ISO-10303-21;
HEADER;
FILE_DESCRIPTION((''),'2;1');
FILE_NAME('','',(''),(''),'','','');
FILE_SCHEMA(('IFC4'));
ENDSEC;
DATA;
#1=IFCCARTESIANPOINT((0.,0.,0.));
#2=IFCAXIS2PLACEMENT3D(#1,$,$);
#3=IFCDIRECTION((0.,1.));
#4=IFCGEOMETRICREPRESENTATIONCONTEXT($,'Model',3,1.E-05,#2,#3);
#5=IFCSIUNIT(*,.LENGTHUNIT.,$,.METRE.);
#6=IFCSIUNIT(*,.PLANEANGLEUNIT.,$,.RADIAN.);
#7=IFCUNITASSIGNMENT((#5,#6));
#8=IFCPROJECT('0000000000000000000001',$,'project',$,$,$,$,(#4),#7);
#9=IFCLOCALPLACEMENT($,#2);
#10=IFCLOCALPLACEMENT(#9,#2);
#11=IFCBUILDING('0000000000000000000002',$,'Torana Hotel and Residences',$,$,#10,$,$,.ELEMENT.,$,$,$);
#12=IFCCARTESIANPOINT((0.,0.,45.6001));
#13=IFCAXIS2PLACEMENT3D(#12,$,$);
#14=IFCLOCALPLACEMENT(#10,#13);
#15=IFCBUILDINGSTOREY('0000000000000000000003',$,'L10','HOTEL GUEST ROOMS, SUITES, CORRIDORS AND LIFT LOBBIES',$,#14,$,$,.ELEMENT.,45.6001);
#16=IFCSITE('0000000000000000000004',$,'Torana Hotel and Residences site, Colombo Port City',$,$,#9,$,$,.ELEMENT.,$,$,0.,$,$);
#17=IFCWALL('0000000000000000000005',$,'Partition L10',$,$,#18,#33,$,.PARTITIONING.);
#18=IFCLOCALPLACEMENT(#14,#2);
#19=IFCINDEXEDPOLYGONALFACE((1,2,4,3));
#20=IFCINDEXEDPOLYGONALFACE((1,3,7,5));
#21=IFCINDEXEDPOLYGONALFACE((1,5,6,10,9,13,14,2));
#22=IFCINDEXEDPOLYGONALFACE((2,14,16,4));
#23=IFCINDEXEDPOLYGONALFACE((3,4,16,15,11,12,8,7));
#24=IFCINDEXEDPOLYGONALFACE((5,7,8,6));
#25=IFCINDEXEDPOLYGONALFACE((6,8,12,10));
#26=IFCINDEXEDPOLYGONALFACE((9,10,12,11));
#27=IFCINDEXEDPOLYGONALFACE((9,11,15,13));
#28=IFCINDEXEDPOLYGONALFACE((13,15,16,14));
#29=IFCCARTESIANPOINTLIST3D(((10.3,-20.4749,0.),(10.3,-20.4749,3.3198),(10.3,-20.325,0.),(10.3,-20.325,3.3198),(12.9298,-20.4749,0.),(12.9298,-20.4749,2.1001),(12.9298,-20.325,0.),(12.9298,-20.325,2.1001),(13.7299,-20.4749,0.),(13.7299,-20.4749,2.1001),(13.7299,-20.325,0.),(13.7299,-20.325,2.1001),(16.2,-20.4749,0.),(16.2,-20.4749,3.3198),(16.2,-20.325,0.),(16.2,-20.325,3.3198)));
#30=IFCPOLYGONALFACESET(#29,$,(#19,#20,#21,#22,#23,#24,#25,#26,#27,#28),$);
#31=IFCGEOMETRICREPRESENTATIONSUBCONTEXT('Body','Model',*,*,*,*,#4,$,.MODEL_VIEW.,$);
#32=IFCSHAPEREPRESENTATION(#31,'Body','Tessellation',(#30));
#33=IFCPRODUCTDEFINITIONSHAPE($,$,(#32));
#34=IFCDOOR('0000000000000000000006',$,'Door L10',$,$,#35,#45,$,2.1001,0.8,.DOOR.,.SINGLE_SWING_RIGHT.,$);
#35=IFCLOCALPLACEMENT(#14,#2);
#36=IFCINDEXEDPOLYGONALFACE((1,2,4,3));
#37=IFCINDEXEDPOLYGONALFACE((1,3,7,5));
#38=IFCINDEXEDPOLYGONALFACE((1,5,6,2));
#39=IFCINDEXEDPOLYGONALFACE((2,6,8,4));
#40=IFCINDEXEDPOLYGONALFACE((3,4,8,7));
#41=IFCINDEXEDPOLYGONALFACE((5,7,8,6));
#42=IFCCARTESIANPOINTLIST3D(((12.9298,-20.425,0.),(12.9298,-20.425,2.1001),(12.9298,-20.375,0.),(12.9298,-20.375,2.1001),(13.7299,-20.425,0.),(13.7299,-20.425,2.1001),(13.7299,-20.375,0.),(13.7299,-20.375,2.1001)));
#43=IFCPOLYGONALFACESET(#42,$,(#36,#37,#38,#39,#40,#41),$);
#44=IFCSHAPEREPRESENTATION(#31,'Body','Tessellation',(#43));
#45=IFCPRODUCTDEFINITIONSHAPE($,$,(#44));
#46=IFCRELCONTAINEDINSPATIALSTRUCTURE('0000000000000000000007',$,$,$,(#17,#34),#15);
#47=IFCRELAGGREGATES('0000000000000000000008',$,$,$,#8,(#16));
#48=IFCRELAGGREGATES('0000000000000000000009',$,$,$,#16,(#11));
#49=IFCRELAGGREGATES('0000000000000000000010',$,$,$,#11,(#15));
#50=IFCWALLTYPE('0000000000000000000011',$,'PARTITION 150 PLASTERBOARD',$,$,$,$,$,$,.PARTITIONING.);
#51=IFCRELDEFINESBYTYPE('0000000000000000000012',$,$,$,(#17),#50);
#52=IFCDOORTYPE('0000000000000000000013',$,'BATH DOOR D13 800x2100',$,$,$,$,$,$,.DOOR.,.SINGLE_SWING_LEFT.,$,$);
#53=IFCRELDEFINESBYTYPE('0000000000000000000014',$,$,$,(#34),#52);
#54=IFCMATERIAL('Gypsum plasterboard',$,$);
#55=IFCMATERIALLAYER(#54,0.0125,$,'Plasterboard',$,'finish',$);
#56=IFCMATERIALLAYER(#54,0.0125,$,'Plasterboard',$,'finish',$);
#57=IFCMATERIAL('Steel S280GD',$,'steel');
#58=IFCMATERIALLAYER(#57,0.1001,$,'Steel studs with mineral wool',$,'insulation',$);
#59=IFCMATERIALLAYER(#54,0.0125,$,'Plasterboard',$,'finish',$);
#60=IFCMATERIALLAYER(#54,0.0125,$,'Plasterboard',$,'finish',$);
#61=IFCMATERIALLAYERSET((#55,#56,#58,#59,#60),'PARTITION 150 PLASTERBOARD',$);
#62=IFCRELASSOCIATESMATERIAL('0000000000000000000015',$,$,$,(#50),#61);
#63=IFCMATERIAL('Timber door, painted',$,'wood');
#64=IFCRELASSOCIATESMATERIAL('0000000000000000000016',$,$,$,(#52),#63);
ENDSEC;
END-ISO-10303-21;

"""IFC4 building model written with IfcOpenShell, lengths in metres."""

from ifc_helpers import new_model, si_unit, direction, frame, frame_2d, origin, place, context, subcontext, project, spatial, rectangle, extrude, material, layer, layer_set, type_object, element, fill, save


model = new_model("IFC4")

# Units and contexts
model_context = context("Model", 3, precision=1e-05, world=origin(), true_north=direction((0.0, 1.0)))
body_context = subcontext(model_context, "Body", "Model", "MODEL_VIEW")
ifc_project = project(units=[si_unit("LENGTHUNIT", "METRE"), si_unit("PLANEANGLEUNIT", "RADIAN")], contexts=[model_context])

# Site, building, storey
site_placement = place(None, origin())
site = spatial("IfcSite", under=ifc_project, at=site_placement, Name="Torana Hotel and Residences site, Colombo Port City", CompositionType="ELEMENT", RefElevation=0.0)
building_placement = place(site_placement, origin())
building = spatial("IfcBuilding", under=site, at=building_placement, Name="Torana Hotel and Residences", CompositionType="ELEMENT")
storey_placement = place(building_placement, frame((0.0, 0.0, 45.6001)))
storey = spatial("IfcBuildingStorey", under=building, at=storey_placement, Name="L10", Description="HOTEL GUEST ROOMS, SUITES, CORRIDORS AND LIFT LOBBIES", CompositionType="ELEMENT", Elevation=45.6001)

# Wall, opening, door
ifc_material_1 = material(Name="Gypsum plasterboard")
ifc_layer_1 = layer(ifc_material_1, 0.0125, Name="Plasterboard", Category="finish")
ifc_layer_2 = layer(ifc_material_1, 0.0125, Name="Plasterboard", Category="finish")
ifc_material_2 = material(Name="Steel S280GD", Category="steel")
ifc_layer_3 = layer(ifc_material_2, 0.1001, Name="Steel studs with mineral wool", Category="insulation")
ifc_layer_4 = layer(ifc_material_1, 0.0125, Name="Plasterboard", Category="finish")
ifc_layer_5 = layer(ifc_material_1, 0.0125, Name="Plasterboard", Category="finish")
ifc_layer_set_1 = layer_set([ifc_layer_1, ifc_layer_2, ifc_layer_3, ifc_layer_4, ifc_layer_5], Name="PARTITION 150 PLASTERBOARD")
wall_type_1 = type_object("IfcWallType", Name="PARTITION 150 PLASTERBOARD", PredefinedType="PARTITIONING", material=ifc_layer_set_1)
ifc_material_3 = material(Name="Timber door, painted", Category="wood")
door_type_1 = type_object("IfcDoorType", Name="BATH DOOR D13 800x2100", OperationType="SINGLE_SWING_LEFT", PredefinedType="DOOR", material=ifc_material_3)
wall_1_placement = place(storey_placement, frame((10.3, -20.3999, 0.0), z_axis=(0.0, 0.0, 1.0), x_axis=(1.0, 0.0, 0.0)))
wall_1 = element("IfcWall", 1, at=wall_1_placement, inside=storey, type_object=wall_type_1, Name="Partition L10", PredefinedType="PARTITIONING", context=body_context, shape_type="SweptSolid", body=[
    extrude(rectangle(XDim=5.8999, YDim=0.1499, at=frame_2d((2.95, 0.0))), origin(), (0.0, 0.0, 1.0), 3.3198),
])
opening_1_placement = place(wall_1_placement, frame((2.6299, 0.0, 0.0)))
opening_1 = element("IfcOpeningElement", 2, at=opening_1_placement, cuts=wall_1, PredefinedType="OPENING", context=body_context, shape_type="SweptSolid", body=[
    extrude(rectangle(XDim=0.8, YDim=2.1001, at=frame_2d((0.3999, 1.05))), frame((0.0, 0.085, 0.0), z_axis=(0.0, -1.0, 0.0), x_axis=(1.0, 0.0, 0.0)), (0.0, 0.0, 1.0), 0.1699),
])
door_1_placement = place(opening_1_placement, origin())
door_1 = element("IfcDoor", 3, at=door_1_placement, inside=storey, type_object=door_type_1, Name="Door L10", OperationType="SINGLE_SWING_RIGHT", OverallHeight=2.1001, OverallWidth=0.8, PredefinedType="DOOR", context=body_context, shape_type="SweptSolid", body=[
    extrude(rectangle(XDim=0.8, YDim=2.1001, at=frame_2d((0.3999, 1.05))), frame((0.0, 0.0249, 0.0), z_axis=(0.0, -1.0, 0.0), x_axis=(1.0, 0.0, 0.0)), (0.0, 0.0, 1.0), 0.05),
])
fill(opening_1, door_1)

save(model, "model.ifc")
